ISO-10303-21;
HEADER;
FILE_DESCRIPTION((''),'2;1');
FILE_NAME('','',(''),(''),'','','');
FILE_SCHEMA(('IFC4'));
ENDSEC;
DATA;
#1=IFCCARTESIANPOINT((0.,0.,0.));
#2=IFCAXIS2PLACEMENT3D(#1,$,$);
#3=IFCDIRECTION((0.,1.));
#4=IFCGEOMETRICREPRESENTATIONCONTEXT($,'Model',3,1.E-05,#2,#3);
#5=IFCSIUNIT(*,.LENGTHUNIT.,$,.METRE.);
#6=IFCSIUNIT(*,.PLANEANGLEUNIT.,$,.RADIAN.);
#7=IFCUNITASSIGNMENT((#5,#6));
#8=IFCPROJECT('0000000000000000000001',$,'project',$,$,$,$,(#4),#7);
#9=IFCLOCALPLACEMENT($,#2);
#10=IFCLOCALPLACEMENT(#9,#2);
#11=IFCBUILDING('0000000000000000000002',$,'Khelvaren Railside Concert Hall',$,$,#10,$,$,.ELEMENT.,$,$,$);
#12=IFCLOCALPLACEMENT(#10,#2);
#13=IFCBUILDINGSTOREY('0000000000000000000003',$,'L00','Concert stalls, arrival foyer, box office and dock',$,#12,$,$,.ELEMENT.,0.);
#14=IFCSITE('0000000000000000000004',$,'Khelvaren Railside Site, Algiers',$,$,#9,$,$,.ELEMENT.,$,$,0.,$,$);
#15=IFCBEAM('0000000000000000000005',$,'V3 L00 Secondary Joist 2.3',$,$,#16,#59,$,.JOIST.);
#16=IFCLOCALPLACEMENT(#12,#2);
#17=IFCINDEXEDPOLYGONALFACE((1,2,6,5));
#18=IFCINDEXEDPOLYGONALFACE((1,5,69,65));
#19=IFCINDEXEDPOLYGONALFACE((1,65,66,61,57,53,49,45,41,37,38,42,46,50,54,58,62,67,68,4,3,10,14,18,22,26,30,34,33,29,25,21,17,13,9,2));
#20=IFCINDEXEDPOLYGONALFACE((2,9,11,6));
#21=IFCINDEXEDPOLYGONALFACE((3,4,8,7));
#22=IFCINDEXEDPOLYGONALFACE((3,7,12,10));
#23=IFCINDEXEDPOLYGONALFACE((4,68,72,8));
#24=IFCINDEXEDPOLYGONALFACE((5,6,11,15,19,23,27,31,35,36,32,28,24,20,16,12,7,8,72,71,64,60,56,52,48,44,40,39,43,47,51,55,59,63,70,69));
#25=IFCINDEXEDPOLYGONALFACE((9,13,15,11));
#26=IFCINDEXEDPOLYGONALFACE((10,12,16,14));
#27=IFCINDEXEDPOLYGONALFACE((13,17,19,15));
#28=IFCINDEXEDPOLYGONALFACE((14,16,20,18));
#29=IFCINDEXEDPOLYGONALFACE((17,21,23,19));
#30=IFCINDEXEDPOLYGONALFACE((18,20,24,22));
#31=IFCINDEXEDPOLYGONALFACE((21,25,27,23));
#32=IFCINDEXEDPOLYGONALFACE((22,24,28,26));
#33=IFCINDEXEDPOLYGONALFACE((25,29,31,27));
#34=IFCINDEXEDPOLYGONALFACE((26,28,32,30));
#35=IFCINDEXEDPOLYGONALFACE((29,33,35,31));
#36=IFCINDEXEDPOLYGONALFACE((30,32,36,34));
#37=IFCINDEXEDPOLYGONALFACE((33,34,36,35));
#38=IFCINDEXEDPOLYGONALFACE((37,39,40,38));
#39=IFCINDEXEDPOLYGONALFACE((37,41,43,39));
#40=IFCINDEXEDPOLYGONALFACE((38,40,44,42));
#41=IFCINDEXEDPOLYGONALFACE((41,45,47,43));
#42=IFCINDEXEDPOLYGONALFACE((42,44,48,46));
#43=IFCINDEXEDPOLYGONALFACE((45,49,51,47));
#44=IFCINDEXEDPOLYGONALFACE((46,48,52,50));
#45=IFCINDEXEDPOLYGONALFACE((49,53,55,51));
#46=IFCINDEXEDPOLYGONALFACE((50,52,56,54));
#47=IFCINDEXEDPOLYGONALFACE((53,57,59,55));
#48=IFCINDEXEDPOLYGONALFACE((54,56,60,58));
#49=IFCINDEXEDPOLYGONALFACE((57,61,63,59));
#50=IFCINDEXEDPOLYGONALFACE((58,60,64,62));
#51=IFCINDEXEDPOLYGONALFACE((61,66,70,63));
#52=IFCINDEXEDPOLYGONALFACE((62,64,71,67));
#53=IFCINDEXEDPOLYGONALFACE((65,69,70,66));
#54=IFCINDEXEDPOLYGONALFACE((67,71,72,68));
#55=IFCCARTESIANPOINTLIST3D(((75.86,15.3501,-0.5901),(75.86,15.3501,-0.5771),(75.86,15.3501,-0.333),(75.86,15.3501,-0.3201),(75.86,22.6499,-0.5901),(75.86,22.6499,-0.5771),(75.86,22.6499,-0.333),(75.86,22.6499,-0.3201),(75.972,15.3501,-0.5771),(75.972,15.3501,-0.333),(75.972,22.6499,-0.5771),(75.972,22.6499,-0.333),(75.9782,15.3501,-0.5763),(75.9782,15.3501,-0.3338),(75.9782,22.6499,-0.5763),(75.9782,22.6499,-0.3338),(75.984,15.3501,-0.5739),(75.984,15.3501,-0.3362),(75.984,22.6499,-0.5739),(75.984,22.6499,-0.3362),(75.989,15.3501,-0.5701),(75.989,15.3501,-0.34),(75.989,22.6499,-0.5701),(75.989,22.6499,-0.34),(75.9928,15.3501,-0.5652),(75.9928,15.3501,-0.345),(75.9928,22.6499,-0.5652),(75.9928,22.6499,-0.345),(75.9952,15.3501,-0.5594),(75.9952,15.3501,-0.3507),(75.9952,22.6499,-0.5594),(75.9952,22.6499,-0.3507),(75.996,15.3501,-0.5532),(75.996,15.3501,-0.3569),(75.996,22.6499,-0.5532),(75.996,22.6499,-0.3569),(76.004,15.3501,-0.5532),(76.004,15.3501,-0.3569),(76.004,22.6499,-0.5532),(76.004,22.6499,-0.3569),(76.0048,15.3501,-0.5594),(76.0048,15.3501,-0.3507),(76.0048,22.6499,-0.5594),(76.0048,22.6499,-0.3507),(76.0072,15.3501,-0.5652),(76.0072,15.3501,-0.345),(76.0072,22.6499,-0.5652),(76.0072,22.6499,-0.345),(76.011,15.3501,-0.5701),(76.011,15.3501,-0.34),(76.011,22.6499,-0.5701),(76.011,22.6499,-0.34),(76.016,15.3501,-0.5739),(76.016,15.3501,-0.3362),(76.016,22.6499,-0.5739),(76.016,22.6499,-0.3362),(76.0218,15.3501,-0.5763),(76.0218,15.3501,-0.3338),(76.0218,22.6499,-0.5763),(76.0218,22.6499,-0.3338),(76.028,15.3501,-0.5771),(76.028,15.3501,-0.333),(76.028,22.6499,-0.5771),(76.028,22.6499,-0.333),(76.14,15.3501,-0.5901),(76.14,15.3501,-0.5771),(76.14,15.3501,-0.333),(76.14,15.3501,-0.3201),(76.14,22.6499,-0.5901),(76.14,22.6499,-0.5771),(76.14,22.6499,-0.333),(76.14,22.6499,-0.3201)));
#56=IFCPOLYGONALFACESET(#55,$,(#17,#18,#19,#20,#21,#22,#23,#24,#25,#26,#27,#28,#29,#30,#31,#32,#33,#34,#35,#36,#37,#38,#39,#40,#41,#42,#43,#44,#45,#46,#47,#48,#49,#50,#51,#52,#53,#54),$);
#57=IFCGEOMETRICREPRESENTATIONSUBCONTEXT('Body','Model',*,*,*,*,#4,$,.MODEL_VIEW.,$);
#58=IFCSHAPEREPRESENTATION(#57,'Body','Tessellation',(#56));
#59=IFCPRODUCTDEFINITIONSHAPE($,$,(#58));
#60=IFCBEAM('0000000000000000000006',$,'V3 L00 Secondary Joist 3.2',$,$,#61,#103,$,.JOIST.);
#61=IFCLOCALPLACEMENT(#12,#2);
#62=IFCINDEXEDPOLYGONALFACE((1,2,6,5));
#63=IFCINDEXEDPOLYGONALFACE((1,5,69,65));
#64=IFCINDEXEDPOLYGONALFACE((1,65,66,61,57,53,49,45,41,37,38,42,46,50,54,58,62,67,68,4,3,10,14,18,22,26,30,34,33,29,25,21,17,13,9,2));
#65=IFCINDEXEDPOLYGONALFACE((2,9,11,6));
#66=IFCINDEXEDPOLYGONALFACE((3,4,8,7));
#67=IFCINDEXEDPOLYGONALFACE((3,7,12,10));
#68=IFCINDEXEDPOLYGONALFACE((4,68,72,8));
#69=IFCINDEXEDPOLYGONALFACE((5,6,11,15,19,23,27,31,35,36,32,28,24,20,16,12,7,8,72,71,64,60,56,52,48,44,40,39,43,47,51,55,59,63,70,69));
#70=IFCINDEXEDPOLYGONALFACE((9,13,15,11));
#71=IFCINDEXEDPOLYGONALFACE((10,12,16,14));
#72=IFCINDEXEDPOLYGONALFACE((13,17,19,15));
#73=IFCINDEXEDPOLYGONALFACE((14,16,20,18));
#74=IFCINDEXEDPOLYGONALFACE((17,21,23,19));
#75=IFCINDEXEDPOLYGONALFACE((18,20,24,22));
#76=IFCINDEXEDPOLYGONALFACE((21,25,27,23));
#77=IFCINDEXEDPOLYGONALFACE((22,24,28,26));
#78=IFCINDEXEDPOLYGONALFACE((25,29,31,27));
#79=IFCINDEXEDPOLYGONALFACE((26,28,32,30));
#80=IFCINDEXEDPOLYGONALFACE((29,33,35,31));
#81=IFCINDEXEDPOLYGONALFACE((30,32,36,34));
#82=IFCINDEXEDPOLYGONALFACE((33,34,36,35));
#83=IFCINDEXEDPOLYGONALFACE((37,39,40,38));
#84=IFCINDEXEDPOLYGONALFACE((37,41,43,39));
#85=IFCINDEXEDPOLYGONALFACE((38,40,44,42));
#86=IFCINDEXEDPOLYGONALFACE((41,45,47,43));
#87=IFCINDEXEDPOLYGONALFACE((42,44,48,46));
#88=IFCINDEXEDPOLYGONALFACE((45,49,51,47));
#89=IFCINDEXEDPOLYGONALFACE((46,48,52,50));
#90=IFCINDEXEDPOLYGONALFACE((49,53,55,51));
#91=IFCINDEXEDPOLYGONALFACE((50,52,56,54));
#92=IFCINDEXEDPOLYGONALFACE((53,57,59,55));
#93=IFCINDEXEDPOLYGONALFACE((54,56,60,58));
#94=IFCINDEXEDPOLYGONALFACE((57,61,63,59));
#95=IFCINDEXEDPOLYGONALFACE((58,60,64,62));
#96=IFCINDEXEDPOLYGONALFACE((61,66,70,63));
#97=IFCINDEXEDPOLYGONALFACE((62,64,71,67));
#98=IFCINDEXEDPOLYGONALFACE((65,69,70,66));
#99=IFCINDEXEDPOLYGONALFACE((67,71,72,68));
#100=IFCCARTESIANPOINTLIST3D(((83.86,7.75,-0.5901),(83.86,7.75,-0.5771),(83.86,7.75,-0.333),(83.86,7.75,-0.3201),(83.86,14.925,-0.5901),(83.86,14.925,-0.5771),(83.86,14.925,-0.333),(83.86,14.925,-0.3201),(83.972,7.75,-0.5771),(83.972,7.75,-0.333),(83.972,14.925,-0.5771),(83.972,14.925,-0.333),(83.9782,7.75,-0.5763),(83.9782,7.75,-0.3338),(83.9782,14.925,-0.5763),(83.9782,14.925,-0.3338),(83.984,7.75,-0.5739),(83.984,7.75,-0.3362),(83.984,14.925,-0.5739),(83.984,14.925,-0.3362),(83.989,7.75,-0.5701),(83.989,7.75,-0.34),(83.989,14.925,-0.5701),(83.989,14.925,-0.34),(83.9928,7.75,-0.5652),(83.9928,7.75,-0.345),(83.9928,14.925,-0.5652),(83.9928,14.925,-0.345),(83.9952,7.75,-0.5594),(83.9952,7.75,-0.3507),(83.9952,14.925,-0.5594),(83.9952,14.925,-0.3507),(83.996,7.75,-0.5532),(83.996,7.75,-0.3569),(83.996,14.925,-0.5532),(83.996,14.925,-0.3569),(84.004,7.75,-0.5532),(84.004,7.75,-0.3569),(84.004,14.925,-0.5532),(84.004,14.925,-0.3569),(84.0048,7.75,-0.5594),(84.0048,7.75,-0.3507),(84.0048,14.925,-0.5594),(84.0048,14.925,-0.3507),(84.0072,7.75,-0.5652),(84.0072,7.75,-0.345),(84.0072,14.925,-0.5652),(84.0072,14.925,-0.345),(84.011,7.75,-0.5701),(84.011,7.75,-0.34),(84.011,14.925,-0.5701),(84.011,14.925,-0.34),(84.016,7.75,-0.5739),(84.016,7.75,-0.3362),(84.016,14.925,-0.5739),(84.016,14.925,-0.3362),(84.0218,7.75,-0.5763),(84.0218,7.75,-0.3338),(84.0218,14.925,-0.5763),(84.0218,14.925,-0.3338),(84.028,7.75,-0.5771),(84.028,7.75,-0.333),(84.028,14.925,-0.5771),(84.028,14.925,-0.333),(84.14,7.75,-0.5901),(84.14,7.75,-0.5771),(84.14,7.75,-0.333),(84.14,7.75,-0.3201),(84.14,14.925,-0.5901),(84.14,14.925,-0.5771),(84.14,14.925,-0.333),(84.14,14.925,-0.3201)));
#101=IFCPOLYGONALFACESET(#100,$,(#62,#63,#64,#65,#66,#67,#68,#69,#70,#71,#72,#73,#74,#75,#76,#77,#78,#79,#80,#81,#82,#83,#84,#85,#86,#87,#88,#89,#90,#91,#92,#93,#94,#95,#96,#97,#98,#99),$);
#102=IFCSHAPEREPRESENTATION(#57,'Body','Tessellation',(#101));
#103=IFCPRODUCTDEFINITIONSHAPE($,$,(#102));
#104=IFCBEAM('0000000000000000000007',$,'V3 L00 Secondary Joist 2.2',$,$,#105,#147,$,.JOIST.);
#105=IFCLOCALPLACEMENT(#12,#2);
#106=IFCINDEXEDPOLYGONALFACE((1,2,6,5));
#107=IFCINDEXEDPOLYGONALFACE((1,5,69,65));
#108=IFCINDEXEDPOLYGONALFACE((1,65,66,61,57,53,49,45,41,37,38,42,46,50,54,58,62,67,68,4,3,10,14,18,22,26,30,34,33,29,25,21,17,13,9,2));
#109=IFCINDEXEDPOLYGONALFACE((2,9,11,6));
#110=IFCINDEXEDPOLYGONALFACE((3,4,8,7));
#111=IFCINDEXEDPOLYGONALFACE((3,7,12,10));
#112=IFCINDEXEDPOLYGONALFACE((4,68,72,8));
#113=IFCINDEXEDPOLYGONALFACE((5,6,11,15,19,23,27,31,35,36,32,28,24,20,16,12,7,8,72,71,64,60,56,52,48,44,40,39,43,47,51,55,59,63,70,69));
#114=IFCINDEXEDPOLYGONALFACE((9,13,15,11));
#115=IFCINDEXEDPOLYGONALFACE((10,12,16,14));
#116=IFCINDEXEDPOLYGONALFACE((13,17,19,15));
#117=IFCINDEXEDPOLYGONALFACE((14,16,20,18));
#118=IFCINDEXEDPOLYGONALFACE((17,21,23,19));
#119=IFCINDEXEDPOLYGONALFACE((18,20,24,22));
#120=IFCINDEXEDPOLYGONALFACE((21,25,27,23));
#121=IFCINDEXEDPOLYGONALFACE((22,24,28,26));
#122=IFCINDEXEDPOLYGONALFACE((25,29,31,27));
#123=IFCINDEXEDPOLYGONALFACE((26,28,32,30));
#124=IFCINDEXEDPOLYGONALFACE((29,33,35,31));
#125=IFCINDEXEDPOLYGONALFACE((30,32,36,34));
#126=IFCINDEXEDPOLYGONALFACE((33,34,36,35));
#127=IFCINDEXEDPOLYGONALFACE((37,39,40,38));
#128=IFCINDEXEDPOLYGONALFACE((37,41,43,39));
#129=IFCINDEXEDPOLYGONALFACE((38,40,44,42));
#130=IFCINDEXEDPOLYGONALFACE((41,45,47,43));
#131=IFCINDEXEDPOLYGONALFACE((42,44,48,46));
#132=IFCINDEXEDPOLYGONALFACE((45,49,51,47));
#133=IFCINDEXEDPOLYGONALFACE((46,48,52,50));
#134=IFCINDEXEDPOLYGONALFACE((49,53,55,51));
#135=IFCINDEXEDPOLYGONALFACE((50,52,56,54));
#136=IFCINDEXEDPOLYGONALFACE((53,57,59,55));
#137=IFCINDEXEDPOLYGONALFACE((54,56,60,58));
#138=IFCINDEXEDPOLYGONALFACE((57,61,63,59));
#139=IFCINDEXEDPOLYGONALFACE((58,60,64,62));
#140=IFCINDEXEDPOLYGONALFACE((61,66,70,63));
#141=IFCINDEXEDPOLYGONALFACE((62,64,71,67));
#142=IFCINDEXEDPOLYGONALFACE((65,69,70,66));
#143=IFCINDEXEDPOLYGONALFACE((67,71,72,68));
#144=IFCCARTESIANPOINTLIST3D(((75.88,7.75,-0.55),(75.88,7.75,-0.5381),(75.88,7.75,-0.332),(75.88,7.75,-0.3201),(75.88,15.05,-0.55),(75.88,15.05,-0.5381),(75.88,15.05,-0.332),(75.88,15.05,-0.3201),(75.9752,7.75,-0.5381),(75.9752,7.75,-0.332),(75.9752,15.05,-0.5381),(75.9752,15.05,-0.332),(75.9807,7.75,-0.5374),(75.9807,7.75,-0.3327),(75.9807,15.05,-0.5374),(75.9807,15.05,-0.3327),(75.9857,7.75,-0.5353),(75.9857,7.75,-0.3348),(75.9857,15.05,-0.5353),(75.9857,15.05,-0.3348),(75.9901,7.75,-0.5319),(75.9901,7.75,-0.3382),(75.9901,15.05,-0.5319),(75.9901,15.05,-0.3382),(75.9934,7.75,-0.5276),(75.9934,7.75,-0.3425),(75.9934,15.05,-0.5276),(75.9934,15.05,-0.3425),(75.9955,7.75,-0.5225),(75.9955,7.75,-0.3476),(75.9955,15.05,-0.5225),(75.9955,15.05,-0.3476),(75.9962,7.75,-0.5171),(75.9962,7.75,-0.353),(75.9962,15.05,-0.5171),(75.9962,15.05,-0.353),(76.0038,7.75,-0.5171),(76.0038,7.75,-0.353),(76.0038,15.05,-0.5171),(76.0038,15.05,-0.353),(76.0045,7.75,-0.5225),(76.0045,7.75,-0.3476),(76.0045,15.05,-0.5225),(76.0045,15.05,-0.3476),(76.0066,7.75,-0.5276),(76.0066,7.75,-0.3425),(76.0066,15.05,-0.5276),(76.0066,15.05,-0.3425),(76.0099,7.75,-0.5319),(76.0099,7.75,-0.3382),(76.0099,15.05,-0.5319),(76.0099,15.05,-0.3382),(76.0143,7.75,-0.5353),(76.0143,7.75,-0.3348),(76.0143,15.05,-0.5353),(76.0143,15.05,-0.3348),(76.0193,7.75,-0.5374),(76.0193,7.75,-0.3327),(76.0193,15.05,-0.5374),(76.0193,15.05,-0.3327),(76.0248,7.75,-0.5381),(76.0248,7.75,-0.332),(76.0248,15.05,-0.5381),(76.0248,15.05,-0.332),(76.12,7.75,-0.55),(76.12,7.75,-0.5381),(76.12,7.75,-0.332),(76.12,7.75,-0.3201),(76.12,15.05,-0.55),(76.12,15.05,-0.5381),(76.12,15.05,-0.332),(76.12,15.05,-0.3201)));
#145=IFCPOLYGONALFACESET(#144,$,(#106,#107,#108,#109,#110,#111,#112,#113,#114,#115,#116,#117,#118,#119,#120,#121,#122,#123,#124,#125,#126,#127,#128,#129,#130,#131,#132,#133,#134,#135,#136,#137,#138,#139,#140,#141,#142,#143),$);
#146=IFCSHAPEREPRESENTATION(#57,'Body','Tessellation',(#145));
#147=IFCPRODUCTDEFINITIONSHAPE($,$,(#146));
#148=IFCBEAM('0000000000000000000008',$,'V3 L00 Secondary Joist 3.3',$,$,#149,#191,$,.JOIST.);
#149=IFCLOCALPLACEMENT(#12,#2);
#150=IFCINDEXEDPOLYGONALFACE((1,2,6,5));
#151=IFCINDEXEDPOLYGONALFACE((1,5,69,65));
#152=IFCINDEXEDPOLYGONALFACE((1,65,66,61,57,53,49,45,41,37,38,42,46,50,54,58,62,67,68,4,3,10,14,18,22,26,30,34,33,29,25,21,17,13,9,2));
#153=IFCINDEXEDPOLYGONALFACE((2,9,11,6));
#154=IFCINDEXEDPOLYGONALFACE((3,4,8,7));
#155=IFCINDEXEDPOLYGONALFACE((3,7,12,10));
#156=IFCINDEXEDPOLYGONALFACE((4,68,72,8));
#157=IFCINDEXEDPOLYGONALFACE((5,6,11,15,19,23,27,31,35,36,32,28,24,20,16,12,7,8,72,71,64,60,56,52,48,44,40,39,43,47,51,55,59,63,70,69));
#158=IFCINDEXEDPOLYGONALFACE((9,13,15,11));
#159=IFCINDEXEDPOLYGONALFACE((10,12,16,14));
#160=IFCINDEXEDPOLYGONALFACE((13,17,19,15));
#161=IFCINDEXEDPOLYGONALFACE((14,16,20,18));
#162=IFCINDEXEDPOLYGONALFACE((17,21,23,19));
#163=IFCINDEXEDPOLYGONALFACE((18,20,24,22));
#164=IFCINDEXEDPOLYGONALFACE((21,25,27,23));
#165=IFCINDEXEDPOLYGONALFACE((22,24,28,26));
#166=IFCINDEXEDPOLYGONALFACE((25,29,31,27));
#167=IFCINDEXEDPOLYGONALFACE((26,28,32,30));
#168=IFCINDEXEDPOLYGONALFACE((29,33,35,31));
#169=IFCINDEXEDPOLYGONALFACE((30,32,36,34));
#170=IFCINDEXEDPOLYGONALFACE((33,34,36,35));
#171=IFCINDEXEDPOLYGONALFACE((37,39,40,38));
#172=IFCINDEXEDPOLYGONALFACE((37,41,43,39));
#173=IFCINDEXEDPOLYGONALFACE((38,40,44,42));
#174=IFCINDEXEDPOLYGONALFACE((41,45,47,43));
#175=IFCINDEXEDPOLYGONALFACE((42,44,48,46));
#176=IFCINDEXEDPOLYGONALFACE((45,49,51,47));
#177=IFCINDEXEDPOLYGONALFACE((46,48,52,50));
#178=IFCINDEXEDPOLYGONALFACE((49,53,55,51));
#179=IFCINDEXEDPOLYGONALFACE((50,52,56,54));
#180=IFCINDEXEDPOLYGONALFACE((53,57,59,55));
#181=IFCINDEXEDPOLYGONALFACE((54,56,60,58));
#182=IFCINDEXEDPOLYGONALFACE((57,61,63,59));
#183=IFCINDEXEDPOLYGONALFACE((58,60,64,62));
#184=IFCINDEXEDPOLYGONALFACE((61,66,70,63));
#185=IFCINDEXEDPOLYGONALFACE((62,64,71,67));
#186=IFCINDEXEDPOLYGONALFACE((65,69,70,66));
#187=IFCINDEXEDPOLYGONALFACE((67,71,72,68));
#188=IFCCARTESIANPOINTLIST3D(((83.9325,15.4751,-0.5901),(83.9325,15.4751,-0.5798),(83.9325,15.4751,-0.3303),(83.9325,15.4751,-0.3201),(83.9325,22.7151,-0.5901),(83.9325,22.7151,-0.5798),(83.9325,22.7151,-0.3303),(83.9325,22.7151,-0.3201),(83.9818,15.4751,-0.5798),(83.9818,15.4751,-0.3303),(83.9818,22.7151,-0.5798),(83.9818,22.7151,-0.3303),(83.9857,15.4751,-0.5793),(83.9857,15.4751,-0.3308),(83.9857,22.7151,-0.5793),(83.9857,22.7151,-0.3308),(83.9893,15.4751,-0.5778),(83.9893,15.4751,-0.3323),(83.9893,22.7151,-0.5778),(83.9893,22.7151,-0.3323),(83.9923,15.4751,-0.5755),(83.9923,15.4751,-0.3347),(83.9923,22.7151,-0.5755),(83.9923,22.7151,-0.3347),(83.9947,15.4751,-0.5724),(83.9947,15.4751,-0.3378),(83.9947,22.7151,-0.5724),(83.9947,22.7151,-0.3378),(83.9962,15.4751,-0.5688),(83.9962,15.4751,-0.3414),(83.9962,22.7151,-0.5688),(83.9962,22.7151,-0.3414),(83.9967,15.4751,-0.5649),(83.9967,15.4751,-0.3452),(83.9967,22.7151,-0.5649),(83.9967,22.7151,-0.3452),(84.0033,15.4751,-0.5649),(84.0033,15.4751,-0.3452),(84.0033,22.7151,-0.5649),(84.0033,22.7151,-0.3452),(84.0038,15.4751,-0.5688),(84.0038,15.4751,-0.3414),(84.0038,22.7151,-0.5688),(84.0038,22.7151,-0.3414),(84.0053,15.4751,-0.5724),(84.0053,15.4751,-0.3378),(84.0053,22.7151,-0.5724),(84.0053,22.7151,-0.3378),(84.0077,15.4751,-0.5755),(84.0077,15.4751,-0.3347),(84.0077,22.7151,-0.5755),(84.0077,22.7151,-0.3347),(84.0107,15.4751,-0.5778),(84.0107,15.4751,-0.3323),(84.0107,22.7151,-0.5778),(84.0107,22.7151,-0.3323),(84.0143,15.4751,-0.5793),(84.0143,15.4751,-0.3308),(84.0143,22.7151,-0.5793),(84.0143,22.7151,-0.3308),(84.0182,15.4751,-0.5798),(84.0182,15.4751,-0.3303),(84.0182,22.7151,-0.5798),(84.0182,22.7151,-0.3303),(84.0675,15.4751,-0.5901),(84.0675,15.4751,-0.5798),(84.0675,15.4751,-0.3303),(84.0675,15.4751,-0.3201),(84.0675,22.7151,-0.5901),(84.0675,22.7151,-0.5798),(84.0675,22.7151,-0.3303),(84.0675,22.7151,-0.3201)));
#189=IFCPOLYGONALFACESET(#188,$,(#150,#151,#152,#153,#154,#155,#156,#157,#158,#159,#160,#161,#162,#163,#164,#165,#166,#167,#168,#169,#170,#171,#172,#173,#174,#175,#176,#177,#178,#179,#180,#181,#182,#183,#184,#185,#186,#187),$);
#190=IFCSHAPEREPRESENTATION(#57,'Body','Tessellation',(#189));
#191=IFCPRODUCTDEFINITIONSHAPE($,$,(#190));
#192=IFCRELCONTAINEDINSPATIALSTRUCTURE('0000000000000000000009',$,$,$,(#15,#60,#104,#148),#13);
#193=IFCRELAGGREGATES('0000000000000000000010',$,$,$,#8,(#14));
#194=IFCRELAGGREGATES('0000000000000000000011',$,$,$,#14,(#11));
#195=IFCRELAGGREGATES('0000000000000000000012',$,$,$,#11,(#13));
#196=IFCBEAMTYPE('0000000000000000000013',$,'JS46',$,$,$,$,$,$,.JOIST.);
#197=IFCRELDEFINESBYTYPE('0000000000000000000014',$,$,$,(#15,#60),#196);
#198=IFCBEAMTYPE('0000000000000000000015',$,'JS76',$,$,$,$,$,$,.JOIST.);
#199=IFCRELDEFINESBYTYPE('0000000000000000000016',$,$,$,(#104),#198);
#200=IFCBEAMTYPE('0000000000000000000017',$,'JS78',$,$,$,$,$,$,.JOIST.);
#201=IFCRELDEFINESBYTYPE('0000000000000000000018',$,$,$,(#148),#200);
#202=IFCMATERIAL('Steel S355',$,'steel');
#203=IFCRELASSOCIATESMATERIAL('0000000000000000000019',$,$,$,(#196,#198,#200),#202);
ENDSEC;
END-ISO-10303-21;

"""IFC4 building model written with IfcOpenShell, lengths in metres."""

from ifc_helpers import new_model, si_unit, direction, frame, origin, origin_2d, place, context, subcontext, project, spatial, i_section, extrude, material, material_profile, profile_set, type_object, element, save


model = new_model("IFC4")

# Units and contexts
model_context = context("Model", 3, precision=1e-05, world=origin(), true_north=direction((0.0, 1.0)))
body_context = subcontext(model_context, "Body", "Model", "MODEL_VIEW")
ifc_project = project(units=[si_unit("LENGTHUNIT", "METRE"), si_unit("PLANEANGLEUNIT", "RADIAN")], contexts=[model_context])

# Site, building, storey
site_placement = place(None, origin())
site = spatial("IfcSite", under=ifc_project, at=site_placement, Name="Khelvaren Railside Site, Algiers", CompositionType="ELEMENT", RefElevation=0.0)
building_placement = place(site_placement, origin())
building = spatial("IfcBuilding", under=site, at=building_placement, Name="Khelvaren Railside Concert Hall", CompositionType="ELEMENT")
storey_placement = place(building_placement, origin())
storey = spatial("IfcBuildingStorey", under=building, at=storey_placement, Name="L00", Description="Concert stalls, arrival foyer, box office and dock", CompositionType="ELEMENT", Elevation=0.0)

# Beams
ifc_material_1 = material(Name="Steel S355", Category="steel")
ifc_material_profile_1 = material_profile(ifc_material_1, i_section(OverallWidth=0.28, OverallDepth=0.27, WebThickness=0.0081, FlangeThickness=0.0129, FilletRadius=0.0239, at=origin_2d()), Name="HEA 280")
ifc_profile_set_1 = profile_set([ifc_material_profile_1], Name="Steel S355")
beam_type_1 = type_object("IfcBeamType", Name="JS46", PredefinedType="JOIST", material=ifc_profile_set_1)
beam_1_placement = place(storey_placement, frame((76.0, 15.3501, -0.4551), z_axis=(0.0, 1.0, 0.0), x_axis=(-1.0, 0.0, 0.0)))
element("IfcBeam", 1, at=beam_1_placement, inside=storey, type_object=beam_type_1, Name="V3 L00 Secondary Joist 2.3", PredefinedType="JOIST", context=body_context, shape_type="SweptSolid", body=[
    extrude(i_section(OverallWidth=0.28, OverallDepth=0.27, WebThickness=0.0081, FlangeThickness=0.0129, FilletRadius=0.0239, at=origin_2d()), origin(), (0.0, 0.0, 1.0), 7.2998),
])
beam_2_placement = place(storey_placement, frame((84.0, 7.75, -0.4551), z_axis=(0.0, 1.0, 0.0), x_axis=(-1.0, 0.0, 0.0)))
element("IfcBeam", 2, at=beam_2_placement, inside=storey, type_object=beam_type_1, Name="V3 L00 Secondary Joist 3.2", PredefinedType="JOIST", context=body_context, shape_type="SweptSolid", body=[
    extrude(i_section(OverallWidth=0.28, OverallDepth=0.27, WebThickness=0.0081, FlangeThickness=0.0129, FilletRadius=0.0239, at=origin_2d()), origin(), (0.0, 0.0, 1.0), 7.175),
])
ifc_material_profile_2 = material_profile(ifc_material_1, i_section(OverallWidth=0.24, OverallDepth=0.23, WebThickness=0.0076, FlangeThickness=0.012, FilletRadius=0.021, at=origin_2d()), Name="HEA 240")
ifc_profile_set_2 = profile_set([ifc_material_profile_2], Name="Steel S355")
beam_type_2 = type_object("IfcBeamType", Name="JS76", PredefinedType="JOIST", material=ifc_profile_set_2)
beam_3_placement = place(storey_placement, frame((76.0, 7.75, -0.4351), z_axis=(0.0, 1.0, 0.0), x_axis=(-1.0, 0.0, 0.0)))
element("IfcBeam", 3, at=beam_3_placement, inside=storey, type_object=beam_type_2, Name="V3 L00 Secondary Joist 2.2", PredefinedType="JOIST", context=body_context, shape_type="SweptSolid", body=[
    extrude(i_section(OverallWidth=0.24, OverallDepth=0.23, WebThickness=0.0076, FlangeThickness=0.012, FilletRadius=0.021, at=origin_2d()), origin(), (0.0, 0.0, 1.0), 7.3),
])
ifc_material_profile_3 = material_profile(ifc_material_1, i_section(OverallWidth=0.135, OverallDepth=0.27, WebThickness=0.0066, FlangeThickness=0.0103, FilletRadius=0.0149, at=origin_2d()), Name="IPE 270")
ifc_profile_set_3 = profile_set([ifc_material_profile_3], Name="Steel S355")
beam_type_3 = type_object("IfcBeamType", Name="JS78", PredefinedType="JOIST", material=ifc_profile_set_3)
beam_4_placement = place(storey_placement, frame((84.0, 15.4751, -0.4551), z_axis=(0.0, 1.0, 0.0), x_axis=(-1.0, 0.0, 0.0)))
element("IfcBeam", 4, at=beam_4_placement, inside=storey, type_object=beam_type_3, Name="V3 L00 Secondary Joist 3.3", PredefinedType="JOIST", context=body_context, shape_type="SweptSolid", body=[
    extrude(i_section(OverallWidth=0.135, OverallDepth=0.27, WebThickness=0.0066, FlangeThickness=0.0103, FilletRadius=0.0149, at=origin_2d()), origin(), (0.0, 0.0, 1.0), 7.24),
])

save(model, "model.ifc")
